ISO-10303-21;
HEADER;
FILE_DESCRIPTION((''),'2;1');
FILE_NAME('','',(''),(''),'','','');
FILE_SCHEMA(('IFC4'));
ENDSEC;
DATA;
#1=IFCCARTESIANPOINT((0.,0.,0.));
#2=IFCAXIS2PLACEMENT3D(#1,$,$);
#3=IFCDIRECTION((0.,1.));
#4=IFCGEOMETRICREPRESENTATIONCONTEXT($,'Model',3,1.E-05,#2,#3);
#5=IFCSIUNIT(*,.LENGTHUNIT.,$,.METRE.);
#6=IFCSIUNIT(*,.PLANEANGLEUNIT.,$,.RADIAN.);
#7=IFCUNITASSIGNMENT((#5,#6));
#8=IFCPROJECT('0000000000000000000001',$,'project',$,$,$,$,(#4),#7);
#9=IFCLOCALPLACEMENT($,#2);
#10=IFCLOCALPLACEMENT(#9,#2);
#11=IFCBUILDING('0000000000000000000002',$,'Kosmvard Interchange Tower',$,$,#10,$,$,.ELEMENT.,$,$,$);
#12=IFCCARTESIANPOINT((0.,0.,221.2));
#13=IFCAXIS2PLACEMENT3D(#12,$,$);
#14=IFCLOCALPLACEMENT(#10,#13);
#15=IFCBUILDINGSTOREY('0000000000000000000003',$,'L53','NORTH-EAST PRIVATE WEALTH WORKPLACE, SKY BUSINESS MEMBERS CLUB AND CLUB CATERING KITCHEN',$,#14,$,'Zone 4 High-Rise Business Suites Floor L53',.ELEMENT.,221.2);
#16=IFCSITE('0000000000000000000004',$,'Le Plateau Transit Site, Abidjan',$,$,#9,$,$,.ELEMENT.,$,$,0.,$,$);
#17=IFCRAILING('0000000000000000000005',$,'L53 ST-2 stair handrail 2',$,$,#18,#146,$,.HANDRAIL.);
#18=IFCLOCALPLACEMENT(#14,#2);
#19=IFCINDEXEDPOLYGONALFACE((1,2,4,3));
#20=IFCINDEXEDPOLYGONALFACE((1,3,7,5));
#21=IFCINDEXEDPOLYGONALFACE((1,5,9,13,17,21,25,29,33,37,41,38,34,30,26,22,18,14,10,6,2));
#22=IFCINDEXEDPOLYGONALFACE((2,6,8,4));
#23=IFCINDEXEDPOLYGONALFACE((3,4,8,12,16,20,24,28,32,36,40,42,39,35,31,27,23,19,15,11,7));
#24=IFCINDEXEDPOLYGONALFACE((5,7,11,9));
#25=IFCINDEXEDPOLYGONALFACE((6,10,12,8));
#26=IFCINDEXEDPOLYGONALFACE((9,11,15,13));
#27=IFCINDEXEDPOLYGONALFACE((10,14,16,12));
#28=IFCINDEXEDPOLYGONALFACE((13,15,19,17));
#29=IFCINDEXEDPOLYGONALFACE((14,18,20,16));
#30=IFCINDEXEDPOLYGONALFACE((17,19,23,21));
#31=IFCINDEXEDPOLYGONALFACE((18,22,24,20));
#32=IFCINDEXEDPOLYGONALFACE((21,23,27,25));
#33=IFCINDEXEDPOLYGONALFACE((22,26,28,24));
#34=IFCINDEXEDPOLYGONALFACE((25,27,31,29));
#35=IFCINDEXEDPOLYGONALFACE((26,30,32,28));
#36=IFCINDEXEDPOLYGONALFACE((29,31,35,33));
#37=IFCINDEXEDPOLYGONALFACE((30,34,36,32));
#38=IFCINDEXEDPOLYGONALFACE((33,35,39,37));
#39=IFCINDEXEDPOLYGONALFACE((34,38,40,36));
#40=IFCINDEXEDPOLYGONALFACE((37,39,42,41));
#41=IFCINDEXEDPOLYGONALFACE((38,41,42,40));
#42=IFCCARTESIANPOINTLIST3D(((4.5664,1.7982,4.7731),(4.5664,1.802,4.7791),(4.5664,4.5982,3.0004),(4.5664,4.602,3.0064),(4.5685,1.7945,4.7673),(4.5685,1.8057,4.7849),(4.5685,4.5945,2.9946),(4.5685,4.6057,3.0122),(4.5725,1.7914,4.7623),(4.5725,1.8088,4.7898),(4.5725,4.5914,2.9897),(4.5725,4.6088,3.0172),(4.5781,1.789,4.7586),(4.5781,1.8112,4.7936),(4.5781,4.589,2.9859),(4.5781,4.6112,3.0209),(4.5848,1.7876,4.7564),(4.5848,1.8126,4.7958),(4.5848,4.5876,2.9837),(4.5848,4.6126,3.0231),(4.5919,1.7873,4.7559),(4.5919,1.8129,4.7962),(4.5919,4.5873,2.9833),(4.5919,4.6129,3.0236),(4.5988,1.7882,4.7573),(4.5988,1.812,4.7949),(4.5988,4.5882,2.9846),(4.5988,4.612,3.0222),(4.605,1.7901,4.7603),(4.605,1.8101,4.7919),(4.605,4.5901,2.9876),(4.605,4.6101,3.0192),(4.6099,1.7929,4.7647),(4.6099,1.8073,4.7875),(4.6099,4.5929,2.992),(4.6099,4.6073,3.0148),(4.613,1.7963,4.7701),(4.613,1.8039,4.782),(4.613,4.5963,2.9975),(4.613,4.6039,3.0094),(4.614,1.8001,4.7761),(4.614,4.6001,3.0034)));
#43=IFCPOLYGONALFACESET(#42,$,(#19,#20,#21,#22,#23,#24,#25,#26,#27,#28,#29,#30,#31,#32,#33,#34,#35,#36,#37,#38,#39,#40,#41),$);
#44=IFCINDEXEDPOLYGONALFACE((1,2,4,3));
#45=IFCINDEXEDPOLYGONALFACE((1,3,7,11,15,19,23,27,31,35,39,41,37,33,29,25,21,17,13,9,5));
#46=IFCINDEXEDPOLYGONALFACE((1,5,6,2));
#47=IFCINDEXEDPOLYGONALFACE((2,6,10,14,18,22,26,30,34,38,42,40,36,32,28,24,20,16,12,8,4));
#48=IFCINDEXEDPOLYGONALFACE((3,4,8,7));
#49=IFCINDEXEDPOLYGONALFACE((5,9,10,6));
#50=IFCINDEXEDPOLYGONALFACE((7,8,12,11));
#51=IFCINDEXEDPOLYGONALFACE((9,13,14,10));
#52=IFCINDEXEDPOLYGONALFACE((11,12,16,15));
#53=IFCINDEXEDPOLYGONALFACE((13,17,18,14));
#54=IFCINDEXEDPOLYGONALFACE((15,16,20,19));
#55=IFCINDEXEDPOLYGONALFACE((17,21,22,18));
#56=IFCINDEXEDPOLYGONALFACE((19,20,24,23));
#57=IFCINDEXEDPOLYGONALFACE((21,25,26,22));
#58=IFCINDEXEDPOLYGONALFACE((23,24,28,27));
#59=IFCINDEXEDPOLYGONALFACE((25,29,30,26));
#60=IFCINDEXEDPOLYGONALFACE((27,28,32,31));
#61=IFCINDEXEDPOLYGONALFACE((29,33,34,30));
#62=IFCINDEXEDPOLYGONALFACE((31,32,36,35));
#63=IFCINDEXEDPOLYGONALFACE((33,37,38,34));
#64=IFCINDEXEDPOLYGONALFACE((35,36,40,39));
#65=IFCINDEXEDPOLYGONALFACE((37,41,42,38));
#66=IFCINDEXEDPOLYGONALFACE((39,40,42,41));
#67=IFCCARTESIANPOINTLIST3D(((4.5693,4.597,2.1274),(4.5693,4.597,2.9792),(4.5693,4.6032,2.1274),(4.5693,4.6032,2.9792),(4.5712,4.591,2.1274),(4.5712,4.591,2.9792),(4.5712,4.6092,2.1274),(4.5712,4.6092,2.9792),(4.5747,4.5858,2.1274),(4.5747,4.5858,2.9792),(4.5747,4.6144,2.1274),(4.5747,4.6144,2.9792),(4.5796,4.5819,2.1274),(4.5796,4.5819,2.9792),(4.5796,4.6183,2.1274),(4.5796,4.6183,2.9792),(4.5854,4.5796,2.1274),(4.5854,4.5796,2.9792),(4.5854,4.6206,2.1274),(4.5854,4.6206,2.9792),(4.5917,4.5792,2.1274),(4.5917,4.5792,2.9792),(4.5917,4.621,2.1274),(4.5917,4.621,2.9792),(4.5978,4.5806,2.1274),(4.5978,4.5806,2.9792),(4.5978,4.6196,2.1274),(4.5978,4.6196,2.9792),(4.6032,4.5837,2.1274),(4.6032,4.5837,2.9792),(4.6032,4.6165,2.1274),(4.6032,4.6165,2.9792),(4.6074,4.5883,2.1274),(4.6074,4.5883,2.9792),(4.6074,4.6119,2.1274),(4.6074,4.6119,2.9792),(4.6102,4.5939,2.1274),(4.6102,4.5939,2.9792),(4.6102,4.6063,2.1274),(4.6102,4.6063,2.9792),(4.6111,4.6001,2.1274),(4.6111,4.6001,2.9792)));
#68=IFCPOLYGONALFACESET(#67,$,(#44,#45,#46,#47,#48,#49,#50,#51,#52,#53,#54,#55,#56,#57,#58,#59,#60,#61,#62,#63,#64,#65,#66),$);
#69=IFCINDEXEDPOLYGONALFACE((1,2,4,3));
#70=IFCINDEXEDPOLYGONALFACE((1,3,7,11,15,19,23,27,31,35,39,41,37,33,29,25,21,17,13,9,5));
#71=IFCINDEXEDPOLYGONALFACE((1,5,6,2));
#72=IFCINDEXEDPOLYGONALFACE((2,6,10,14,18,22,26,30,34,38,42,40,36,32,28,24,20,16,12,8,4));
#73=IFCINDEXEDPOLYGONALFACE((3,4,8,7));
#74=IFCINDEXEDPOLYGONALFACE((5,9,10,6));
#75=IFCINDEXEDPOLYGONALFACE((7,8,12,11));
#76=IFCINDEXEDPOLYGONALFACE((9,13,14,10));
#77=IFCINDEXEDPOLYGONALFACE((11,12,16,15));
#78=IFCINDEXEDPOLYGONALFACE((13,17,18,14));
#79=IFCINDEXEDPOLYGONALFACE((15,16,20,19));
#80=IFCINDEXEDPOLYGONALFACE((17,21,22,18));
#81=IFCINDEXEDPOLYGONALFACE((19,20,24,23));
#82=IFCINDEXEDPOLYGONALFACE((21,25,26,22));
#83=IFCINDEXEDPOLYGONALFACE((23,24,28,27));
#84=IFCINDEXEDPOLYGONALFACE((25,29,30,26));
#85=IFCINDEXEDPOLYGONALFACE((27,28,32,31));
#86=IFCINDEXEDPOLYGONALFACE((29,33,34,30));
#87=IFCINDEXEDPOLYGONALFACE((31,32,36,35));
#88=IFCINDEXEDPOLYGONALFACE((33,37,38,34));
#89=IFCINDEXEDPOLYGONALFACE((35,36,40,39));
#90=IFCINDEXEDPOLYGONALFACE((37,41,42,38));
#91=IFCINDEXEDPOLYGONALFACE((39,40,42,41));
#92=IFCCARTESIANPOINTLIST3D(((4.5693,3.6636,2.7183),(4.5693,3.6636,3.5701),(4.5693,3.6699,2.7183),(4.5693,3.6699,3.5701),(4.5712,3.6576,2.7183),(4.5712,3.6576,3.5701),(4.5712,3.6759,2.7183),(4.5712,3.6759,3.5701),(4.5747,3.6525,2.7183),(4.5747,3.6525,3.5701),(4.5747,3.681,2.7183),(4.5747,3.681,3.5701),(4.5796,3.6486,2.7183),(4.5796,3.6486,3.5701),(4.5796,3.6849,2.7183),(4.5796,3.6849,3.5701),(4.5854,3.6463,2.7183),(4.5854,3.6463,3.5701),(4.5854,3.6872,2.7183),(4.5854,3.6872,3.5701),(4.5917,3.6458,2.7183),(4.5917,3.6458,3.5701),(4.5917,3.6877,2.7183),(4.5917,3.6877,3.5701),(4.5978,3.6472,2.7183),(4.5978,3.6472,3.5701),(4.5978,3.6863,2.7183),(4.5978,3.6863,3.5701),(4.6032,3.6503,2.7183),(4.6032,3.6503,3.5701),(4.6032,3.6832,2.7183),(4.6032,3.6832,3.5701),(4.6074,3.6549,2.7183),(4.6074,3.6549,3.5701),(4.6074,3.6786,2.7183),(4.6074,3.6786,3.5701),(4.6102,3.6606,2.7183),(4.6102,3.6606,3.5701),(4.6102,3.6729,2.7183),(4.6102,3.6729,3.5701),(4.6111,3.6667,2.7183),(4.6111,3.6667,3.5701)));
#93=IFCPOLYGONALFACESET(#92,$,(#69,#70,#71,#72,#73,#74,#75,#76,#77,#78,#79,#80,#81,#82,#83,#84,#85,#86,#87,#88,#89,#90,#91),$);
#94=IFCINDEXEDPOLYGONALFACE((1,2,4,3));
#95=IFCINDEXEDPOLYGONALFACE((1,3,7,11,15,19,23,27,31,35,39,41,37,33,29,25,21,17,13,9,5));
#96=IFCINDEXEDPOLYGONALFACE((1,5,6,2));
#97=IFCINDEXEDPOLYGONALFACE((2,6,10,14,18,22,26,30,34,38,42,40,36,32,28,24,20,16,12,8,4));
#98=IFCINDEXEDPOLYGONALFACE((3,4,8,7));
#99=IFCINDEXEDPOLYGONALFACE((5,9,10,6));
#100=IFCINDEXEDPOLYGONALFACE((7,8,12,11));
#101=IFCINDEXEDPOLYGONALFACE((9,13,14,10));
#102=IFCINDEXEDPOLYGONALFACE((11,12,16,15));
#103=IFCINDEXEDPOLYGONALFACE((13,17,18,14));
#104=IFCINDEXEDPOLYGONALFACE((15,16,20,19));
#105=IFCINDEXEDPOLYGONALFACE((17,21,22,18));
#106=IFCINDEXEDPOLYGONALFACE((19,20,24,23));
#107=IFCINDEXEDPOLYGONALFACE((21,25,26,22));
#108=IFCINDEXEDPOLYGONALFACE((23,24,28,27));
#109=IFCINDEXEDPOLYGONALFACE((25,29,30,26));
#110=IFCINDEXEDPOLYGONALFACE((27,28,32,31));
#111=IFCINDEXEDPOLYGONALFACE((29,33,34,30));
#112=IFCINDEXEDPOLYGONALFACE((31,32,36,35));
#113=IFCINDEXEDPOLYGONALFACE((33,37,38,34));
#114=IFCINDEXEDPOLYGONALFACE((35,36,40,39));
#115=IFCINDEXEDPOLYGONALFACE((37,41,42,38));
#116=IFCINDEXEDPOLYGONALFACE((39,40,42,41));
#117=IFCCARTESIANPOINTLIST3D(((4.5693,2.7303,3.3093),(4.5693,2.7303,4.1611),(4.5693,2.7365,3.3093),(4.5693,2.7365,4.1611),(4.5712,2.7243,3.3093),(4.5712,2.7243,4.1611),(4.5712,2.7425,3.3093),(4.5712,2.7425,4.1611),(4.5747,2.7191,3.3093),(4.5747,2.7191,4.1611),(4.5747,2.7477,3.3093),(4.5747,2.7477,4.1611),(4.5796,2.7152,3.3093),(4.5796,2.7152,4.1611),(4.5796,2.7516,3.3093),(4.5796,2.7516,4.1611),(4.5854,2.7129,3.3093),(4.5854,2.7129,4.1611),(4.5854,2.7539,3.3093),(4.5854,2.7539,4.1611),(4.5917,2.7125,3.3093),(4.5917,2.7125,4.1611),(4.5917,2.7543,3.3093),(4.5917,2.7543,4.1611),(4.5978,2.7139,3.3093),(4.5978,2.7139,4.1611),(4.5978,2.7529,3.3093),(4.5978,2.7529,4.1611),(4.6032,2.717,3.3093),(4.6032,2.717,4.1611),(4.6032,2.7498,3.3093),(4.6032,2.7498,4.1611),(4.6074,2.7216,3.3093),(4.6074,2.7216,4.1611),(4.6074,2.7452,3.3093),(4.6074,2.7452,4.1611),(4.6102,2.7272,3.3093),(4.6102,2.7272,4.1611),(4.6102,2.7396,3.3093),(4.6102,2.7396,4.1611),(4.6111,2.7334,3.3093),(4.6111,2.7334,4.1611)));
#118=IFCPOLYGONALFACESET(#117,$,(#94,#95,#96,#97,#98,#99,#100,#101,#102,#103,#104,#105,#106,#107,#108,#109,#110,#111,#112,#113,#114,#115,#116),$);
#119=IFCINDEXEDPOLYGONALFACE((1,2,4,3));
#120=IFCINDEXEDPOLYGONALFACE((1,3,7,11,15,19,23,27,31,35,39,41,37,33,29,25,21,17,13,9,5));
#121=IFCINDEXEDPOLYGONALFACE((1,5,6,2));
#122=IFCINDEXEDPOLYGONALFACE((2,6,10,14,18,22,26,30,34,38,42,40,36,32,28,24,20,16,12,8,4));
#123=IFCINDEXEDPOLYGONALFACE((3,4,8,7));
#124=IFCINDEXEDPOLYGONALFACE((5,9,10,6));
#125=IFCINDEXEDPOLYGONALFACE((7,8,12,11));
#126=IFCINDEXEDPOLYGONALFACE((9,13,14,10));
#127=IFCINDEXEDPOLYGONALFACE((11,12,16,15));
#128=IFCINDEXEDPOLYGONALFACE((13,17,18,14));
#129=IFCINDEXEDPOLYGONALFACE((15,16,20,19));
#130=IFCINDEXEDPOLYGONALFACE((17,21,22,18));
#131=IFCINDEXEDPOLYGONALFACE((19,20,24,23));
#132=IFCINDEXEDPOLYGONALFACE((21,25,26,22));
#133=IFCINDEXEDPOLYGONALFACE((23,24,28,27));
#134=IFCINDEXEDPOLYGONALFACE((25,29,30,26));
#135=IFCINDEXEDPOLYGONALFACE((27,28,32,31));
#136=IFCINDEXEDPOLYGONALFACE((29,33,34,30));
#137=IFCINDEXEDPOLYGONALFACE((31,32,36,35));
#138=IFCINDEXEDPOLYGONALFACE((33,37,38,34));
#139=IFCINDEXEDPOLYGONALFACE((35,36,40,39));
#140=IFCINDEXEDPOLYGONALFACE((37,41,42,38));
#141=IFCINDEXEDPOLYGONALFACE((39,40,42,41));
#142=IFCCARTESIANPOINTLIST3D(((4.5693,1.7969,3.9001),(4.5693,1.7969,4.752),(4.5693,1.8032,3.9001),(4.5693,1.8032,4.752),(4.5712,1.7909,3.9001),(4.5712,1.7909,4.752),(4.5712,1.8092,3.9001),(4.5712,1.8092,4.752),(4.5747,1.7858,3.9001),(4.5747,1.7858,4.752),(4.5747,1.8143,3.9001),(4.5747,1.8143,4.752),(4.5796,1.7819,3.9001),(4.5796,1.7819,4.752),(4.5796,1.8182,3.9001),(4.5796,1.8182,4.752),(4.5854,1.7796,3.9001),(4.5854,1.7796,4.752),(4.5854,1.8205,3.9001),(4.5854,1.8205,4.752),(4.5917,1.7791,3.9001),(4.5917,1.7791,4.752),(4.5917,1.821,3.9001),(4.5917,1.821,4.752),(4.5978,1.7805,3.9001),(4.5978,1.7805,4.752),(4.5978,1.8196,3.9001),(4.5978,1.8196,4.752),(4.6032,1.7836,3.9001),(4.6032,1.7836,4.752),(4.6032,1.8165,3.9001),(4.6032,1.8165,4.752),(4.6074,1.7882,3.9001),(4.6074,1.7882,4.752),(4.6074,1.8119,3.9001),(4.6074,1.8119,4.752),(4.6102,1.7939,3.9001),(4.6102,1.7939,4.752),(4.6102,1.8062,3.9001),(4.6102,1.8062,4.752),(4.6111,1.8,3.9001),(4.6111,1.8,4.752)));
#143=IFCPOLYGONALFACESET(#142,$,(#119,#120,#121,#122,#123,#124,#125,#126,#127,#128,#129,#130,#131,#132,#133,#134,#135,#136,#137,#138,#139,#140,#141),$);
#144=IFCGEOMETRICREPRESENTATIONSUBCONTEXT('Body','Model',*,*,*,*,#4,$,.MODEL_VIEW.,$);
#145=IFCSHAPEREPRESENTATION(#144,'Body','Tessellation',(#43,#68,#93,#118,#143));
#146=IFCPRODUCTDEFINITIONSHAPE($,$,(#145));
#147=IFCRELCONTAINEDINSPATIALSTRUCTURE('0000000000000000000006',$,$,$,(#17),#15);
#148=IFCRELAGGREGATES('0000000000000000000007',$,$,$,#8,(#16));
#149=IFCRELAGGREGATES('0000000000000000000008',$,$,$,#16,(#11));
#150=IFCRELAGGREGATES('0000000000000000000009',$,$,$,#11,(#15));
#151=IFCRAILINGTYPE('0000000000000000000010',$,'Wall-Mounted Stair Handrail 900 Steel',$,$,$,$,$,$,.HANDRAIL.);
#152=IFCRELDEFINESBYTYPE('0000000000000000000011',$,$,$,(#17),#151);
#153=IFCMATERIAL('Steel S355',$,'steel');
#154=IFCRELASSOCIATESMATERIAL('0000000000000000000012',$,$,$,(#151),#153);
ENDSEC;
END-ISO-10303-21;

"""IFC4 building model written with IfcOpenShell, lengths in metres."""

from ifc_helpers import new_model, si_unit, direction, frame, origin, origin_2d, place, context, subcontext, project, spatial, circle, extrude, source, transform, mapped, material, type_object, element, save


model = new_model("IFC4")

# Units and contexts
model_context = context("Model", 3, precision=1e-05, world=origin(), true_north=direction((0.0, 1.0)))
body_context = subcontext(model_context, "Body", "Model", "MODEL_VIEW")
ifc_project = project(units=[si_unit("LENGTHUNIT", "METRE"), si_unit("PLANEANGLEUNIT", "RADIAN")], contexts=[model_context])

# Site, building, storey
site_placement = place(None, origin())
site = spatial("IfcSite", under=ifc_project, at=site_placement, Name="Le Plateau Transit Site, Abidjan", CompositionType="ELEMENT", RefElevation=0.0)
building_placement = place(site_placement, origin())
building = spatial("IfcBuilding", under=site, at=building_placement, Name="Kosmvard Interchange Tower", CompositionType="ELEMENT")
storey_placement = place(building_placement, frame((0.0, 0.0, 221.2)))
storey = spatial("IfcBuildingStorey", under=building, at=storey_placement, Name="L53", Description="NORTH-EAST PRIVATE WEALTH WORKPLACE, SKY BUSINESS MEMBERS CLUB AND CLUB CATERING KITCHEN", LongName="Zone 4 High-Rise Business Suites Floor L53", CompositionType="ELEMENT", Elevation=221.2)

# Shared definitions
ifc_material_1 = material(Name="Steel S355", Category="steel")

# Railing
railing_type_1 = type_object("IfcRailingType", Name="Wall-Mounted Stair Handrail 900 Steel", PredefinedType="HANDRAIL", material=ifc_material_1)
shared_shape_1 = source(origin(), body_context, "Body", "SweptSolid", [
    extrude(circle(Radius=0.0239, at=origin_2d()), frame((0.0, 0.0, 0.876), z_axis=(0.0, -0.844909, 0.53491), x_axis=(1.0, 0.0, 0.0)), (0.0, 0.0, 1.0), 3.314),
    extrude(circle(Radius=0.021, at=origin_2d()), origin(), (0.0, 0.0, 1.0), 0.8518),
    extrude(circle(Radius=0.021, at=origin_2d()), frame((0.0, -0.9333, 0.5908)), (0.0, 0.0, 1.0), 0.8518),
    extrude(circle(Radius=0.021, at=origin_2d()), frame((0.0, -1.8667, 1.1819)), (0.0, 0.0, 1.0), 0.8518),
    extrude(circle(Radius=0.021, at=origin_2d()), frame((0.0, -2.8, 1.7727)), (0.0, 0.0, 1.0), 0.8518),
])
railing_1_placement = place(storey_placement, frame((4.5901, 4.6001, 2.1274)))
element("IfcRailing", 1, at=railing_1_placement, inside=storey, type_object=railing_type_1, Name="L53 ST-2 stair handrail 2", PredefinedType="HANDRAIL", context=body_context, shape_type="MappedRepresentation", body=[
    mapped(shared_shape_1, transform((0.0, 0.0, 0.0), scale=1.0)),
])

save(model, "model.ifc")
